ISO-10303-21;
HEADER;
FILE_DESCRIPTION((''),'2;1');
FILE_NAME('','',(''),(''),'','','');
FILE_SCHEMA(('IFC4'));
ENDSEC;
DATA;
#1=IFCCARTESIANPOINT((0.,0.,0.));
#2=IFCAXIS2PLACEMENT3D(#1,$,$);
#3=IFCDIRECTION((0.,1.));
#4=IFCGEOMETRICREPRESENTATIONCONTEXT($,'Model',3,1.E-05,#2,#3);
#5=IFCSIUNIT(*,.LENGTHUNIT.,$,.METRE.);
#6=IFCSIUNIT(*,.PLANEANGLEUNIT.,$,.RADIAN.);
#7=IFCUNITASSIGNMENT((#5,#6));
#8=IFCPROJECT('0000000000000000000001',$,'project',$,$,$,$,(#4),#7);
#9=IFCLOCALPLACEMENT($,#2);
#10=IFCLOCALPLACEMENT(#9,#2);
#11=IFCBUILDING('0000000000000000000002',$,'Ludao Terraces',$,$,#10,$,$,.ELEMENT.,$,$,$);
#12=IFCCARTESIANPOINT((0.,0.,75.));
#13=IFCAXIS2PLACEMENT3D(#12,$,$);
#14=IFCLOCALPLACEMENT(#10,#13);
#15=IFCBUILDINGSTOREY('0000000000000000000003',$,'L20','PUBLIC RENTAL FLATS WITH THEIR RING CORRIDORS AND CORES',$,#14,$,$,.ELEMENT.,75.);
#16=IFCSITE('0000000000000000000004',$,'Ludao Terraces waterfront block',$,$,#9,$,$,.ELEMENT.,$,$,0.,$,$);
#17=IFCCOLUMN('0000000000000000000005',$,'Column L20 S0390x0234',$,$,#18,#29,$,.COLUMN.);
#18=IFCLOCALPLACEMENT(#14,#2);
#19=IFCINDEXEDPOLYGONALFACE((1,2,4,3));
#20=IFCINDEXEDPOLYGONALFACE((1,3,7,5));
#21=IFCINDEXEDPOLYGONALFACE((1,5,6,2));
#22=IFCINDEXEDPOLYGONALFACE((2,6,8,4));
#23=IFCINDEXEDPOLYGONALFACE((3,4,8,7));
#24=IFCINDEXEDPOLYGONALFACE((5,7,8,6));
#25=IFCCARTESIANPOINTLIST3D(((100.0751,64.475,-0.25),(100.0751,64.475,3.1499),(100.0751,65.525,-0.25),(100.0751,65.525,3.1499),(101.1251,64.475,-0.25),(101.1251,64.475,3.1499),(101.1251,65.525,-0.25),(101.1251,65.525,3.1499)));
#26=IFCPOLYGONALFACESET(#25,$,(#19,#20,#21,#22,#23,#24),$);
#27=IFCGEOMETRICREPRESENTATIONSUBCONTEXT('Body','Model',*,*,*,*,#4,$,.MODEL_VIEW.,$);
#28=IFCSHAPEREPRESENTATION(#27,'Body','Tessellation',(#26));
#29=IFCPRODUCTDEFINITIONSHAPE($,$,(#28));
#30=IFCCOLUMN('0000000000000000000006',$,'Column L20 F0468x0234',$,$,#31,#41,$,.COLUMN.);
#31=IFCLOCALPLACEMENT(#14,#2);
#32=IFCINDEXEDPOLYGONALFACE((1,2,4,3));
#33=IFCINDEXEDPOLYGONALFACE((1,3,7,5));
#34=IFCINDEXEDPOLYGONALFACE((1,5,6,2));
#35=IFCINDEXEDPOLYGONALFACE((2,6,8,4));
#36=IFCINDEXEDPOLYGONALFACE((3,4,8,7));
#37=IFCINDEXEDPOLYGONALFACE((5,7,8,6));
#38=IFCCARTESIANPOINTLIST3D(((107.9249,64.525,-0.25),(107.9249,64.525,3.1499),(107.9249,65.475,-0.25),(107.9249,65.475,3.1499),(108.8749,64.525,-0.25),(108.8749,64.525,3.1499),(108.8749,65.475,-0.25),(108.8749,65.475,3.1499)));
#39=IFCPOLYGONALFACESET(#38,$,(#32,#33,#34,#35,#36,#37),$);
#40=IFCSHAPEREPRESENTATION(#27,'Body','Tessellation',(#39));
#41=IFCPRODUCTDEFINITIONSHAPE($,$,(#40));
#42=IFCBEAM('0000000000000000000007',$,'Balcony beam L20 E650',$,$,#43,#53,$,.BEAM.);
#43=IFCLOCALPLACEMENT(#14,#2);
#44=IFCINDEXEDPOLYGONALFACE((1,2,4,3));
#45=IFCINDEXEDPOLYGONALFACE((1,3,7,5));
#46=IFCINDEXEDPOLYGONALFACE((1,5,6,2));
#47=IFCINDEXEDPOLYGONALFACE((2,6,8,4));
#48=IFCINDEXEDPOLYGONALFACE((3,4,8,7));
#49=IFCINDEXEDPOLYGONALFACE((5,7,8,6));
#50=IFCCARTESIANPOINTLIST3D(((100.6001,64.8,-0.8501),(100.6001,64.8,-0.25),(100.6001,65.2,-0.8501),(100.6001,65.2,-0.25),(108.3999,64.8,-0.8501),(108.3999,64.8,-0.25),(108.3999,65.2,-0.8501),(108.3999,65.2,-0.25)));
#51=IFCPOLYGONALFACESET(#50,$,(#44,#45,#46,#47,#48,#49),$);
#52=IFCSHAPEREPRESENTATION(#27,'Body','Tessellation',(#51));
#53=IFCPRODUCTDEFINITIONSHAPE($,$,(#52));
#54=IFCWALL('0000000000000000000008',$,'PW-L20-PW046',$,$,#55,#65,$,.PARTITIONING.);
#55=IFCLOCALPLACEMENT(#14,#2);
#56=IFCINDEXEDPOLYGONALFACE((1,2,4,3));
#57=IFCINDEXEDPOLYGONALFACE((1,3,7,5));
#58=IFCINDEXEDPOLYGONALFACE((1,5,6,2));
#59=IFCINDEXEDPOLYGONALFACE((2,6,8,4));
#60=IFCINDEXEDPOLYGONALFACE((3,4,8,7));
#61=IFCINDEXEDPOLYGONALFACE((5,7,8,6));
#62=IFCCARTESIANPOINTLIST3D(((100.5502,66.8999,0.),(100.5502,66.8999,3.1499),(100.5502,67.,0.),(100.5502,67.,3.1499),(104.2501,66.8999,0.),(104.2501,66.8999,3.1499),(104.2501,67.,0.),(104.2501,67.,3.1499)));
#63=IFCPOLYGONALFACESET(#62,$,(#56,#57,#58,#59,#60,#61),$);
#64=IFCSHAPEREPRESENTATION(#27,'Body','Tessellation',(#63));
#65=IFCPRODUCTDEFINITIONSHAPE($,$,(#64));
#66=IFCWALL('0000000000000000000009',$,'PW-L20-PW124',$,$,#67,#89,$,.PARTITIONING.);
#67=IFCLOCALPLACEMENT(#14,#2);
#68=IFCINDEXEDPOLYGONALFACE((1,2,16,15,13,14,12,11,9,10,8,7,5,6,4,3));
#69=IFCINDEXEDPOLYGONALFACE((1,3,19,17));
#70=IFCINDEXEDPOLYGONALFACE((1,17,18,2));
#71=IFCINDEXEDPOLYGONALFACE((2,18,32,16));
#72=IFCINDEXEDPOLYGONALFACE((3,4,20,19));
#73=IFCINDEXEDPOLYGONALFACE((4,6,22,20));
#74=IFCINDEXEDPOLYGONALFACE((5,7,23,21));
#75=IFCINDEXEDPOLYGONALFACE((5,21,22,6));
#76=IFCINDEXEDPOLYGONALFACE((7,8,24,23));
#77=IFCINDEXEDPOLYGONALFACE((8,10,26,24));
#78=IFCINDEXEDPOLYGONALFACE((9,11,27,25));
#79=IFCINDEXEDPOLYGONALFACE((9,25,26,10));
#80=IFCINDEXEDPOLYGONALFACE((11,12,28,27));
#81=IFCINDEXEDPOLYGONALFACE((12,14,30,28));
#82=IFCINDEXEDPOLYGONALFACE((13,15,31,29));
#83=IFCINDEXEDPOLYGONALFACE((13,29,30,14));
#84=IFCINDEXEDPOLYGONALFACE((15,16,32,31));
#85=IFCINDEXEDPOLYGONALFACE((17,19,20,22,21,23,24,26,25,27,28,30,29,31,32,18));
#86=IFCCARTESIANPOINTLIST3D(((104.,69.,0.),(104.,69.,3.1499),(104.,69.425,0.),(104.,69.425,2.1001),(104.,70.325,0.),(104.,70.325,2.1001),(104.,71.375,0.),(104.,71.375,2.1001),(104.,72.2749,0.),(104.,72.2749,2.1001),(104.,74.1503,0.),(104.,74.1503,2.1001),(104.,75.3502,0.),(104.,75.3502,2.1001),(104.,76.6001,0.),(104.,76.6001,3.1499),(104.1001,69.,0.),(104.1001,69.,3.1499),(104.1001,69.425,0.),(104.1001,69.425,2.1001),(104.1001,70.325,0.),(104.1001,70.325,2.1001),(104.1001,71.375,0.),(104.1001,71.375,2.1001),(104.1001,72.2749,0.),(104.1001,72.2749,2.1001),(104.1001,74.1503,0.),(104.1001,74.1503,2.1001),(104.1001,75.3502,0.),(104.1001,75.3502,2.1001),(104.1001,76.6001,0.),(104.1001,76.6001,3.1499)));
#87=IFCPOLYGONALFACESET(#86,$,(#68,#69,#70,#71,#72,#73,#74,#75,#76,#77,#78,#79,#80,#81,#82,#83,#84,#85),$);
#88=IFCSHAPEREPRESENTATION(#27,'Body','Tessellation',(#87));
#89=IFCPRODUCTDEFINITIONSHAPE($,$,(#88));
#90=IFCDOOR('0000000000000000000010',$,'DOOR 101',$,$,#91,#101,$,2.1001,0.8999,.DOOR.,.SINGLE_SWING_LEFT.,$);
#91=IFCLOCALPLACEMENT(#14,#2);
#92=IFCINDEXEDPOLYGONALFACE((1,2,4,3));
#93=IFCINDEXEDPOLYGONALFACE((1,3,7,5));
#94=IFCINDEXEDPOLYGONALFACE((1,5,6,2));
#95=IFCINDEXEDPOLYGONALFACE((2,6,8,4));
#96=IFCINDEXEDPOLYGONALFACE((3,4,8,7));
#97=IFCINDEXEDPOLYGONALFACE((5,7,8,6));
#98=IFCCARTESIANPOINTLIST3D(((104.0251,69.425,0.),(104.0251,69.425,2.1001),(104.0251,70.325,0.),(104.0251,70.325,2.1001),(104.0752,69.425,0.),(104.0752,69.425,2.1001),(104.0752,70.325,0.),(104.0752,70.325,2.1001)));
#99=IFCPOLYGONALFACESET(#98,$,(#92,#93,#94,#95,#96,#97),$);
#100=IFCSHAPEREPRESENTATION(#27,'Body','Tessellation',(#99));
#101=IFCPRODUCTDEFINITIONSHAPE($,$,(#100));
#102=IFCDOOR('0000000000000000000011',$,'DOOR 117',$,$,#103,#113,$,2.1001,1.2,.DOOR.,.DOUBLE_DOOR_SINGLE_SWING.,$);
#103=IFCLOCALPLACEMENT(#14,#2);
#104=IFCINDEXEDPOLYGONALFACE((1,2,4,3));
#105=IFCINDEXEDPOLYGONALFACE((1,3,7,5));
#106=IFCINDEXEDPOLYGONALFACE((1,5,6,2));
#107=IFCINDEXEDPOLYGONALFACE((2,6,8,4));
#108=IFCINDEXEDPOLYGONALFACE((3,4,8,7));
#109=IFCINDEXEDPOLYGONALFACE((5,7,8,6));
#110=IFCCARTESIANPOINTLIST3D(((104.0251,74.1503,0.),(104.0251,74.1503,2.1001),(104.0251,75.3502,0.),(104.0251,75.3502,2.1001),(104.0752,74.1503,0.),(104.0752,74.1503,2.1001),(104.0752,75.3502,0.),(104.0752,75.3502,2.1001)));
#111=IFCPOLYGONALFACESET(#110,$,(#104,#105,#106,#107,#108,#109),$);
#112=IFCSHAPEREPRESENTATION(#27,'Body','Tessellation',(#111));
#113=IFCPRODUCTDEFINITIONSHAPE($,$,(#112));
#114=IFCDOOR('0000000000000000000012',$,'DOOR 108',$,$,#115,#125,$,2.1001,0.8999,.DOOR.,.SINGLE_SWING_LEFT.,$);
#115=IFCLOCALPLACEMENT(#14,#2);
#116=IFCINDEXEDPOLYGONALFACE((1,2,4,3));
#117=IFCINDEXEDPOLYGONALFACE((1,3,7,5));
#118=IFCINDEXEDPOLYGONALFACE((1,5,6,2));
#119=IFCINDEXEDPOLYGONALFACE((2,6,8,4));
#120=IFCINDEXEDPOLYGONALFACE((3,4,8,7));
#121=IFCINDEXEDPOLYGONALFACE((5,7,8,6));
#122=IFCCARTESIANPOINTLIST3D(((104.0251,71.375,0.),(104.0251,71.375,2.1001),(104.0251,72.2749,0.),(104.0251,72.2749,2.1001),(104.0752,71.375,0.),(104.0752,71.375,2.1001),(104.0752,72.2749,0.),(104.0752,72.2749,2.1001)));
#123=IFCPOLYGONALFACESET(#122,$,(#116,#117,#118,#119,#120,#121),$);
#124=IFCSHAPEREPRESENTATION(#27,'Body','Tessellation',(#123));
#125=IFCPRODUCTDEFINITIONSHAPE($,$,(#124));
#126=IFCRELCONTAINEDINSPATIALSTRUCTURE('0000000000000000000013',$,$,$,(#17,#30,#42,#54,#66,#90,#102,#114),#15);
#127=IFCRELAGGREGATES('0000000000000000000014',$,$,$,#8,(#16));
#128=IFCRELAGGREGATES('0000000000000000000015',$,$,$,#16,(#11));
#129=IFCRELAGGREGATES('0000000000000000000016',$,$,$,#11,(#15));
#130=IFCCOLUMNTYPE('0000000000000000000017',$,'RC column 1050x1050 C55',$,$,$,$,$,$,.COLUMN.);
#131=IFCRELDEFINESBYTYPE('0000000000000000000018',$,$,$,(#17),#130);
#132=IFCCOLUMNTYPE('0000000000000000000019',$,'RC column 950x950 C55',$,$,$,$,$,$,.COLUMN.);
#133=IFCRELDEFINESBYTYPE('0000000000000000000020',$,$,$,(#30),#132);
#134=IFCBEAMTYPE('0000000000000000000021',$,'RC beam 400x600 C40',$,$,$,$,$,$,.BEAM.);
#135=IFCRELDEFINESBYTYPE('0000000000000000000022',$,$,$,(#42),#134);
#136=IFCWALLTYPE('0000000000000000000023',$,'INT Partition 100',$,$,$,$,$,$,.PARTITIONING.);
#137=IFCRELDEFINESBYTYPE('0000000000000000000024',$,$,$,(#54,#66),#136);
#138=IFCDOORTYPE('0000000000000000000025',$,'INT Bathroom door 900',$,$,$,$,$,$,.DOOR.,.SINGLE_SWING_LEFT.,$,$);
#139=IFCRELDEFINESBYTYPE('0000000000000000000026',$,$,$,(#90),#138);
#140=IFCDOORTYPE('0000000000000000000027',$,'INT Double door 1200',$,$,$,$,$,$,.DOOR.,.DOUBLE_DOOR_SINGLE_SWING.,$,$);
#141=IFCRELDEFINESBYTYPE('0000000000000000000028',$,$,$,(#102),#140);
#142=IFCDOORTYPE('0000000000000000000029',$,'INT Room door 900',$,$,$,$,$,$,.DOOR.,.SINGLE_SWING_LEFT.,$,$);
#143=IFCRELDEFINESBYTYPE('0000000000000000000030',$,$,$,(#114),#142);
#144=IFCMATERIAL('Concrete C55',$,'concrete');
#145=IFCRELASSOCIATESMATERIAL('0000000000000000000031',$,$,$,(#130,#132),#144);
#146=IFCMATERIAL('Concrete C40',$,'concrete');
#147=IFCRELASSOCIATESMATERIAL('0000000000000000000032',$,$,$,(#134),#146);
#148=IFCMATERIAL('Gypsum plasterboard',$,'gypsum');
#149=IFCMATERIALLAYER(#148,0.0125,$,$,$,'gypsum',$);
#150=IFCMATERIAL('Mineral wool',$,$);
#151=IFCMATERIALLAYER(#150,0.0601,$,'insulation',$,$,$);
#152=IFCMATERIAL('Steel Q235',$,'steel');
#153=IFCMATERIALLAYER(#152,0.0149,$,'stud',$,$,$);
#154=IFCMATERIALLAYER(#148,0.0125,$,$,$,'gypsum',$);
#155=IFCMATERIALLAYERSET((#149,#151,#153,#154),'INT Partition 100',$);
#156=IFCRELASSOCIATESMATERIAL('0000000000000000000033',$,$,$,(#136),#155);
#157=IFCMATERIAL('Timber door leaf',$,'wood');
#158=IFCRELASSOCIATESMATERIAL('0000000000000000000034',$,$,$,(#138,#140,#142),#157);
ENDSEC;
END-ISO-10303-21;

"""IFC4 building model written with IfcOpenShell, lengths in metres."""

from ifc_helpers import new_model, si_unit, direction, frame, frame_2d, origin, origin_2d, place, context, subcontext, project, spatial, rectangle, extrude, material, layer, layer_set, material_profile, profile_set, type_object, element, fill, save


model = new_model("IFC4")

# Units and contexts
model_context = context("Model", 3, precision=1e-05, world=origin(), true_north=direction((0.0, 1.0)))
body_context = subcontext(model_context, "Body", "Model", "MODEL_VIEW")
ifc_project = project(units=[si_unit("LENGTHUNIT", "METRE"), si_unit("PLANEANGLEUNIT", "RADIAN")], contexts=[model_context])

# Site, building, storey
site_placement = place(None, origin())
site = spatial("IfcSite", under=ifc_project, at=site_placement, Name="Ludao Terraces waterfront block", CompositionType="ELEMENT", RefElevation=0.0)
building_placement = place(site_placement, origin())
building = spatial("IfcBuilding", under=site, at=building_placement, Name="Ludao Terraces", CompositionType="ELEMENT")
storey_placement = place(building_placement, frame((0.0, 0.0, 75.0)))
storey = spatial("IfcBuildingStorey", under=building, at=storey_placement, Name="L20", Description="PUBLIC RENTAL FLATS WITH THEIR RING CORRIDORS AND CORES", CompositionType="ELEMENT", Elevation=75.0)

# Columns
ifc_material_1 = material(Name="Concrete C55", Category="concrete")
ifc_material_profile_1 = material_profile(ifc_material_1, rectangle(XDim=1.05, YDim=1.05, at=origin_2d()), Name="1050 X 1050")
ifc_profile_set_1 = profile_set([ifc_material_profile_1], Name="Concrete C55")
column_type_1 = type_object("IfcColumnType", Name="RC column 1050x1050 C55", PredefinedType="COLUMN", material=ifc_profile_set_1)
column_1_placement = place(storey_placement, frame((100.6001, 65.0, -0.25), z_axis=(0.0, 0.0, 1.0), x_axis=(1.0, 0.0, 0.0)))
element("IfcColumn", 1, at=column_1_placement, inside=storey, type_object=column_type_1, Name="Column L20 S0390x0234", PredefinedType="COLUMN", context=body_context, shape_type="SweptSolid", body=[
    extrude(rectangle(XDim=1.05, YDim=1.05, at=origin_2d()), origin(), (0.0, 0.0, 1.0), 3.3999),
])
ifc_material_profile_2 = material_profile(ifc_material_1, rectangle(XDim=0.95, YDim=0.95, at=origin_2d()), Name="950 X 950")
ifc_profile_set_2 = profile_set([ifc_material_profile_2], Name="Concrete C55")
column_type_2 = type_object("IfcColumnType", Name="RC column 950x950 C55", PredefinedType="COLUMN", material=ifc_profile_set_2)
column_2_placement = place(storey_placement, frame((108.3999, 65.0, -0.25), z_axis=(0.0, 0.0, 1.0), x_axis=(1.0, 0.0, 0.0)))
element("IfcColumn", 2, at=column_2_placement, inside=storey, type_object=column_type_2, Name="Column L20 F0468x0234", PredefinedType="COLUMN", context=body_context, shape_type="SweptSolid", body=[
    extrude(rectangle(XDim=0.95, YDim=0.95, at=origin_2d()), origin(), (0.0, 0.0, 1.0), 3.3999),
])

# Beam
ifc_material_2 = material(Name="Concrete C40", Category="concrete")
ifc_material_profile_3 = material_profile(ifc_material_2, rectangle(XDim=0.3999, YDim=0.6001, at=origin_2d()), Name="400 X 600")
ifc_profile_set_3 = profile_set([ifc_material_profile_3], Name="Concrete C40")
beam_type = type_object("IfcBeamType", Name="RC beam 400x600 C40", PredefinedType="BEAM", material=ifc_profile_set_3)
beam_placement = place(storey_placement, frame((100.6001, 65.0, -0.55), z_axis=(1.0, 0.0, 0.0), x_axis=(0.0, 1.0, 0.0)))
element("IfcBeam", 3, at=beam_placement, inside=storey, type_object=beam_type, Name="Balcony beam L20 E650", PredefinedType="BEAM", context=body_context, shape_type="SweptSolid", body=[
    extrude(rectangle(XDim=0.3999, YDim=0.6001, at=origin_2d()), origin(), (0.0, 0.0, 1.0), 7.7998),
])

# Shared definitions
ifc_material_3 = material(Name="Mineral wool")

# Wall
ifc_material_4 = material(Name="Gypsum plasterboard", Category="gypsum")
ifc_layer_1 = layer(ifc_material_4, 0.0125, Category="gypsum")
ifc_layer_2 = layer(ifc_material_3, 0.0601, Name="insulation")
ifc_material_5 = material(Name="Steel Q235", Category="steel")
ifc_layer_3 = layer(ifc_material_5, 0.0149, Name="stud")
ifc_layer_4 = layer(ifc_material_4, 0.0125, Category="gypsum")
ifc_layer_set_1 = layer_set([ifc_layer_1, ifc_layer_2, ifc_layer_3, ifc_layer_4], Name="INT Partition 100")
wall_type_1 = type_object("IfcWallType", Name="INT Partition 100", PredefinedType="PARTITIONING", material=ifc_layer_set_1)
wall_1_placement = place(storey_placement, frame((100.55, 66.95, 0.0), z_axis=(0.0, 0.0, 1.0), x_axis=(1.0, 0.0, 0.0)))
element("IfcWall", 4, at=wall_1_placement, inside=storey, type_object=wall_type_1, Name="PW-L20-PW046", PredefinedType="PARTITIONING", context=body_context, shape_type="SweptSolid", body=[
    extrude(rectangle(XDim=3.7, YDim=0.1001, at=frame_2d((1.8501, 0.0))), origin(), (0.0, 0.0, 1.0), 3.1499),
])

# Wall, openings, doors
wall_2_placement = place(storey_placement, frame((104.05, 69.0, 0.0), z_axis=(0.0, 0.0, 1.0), x_axis=(0.0, 1.0, 0.0)))
wall_2 = element("IfcWall", 5, at=wall_2_placement, inside=storey, type_object=wall_type_1, Name="PW-L20-PW124", PredefinedType="PARTITIONING", context=body_context, shape_type="SweptSolid", body=[
    extrude(rectangle(XDim=7.6001, YDim=0.1001, at=frame_2d((3.8, 0.0))), origin(), (0.0, 0.0, 1.0), 3.1499),
])
opening_1_placement = place(wall_2_placement, frame((0.425, 0.0, 0.0)))
opening_1 = element("IfcOpeningElement", 6, at=opening_1_placement, cuts=wall_2, PredefinedType="OPENING", context=body_context, shape_type="SweptSolid", body=[
    extrude(rectangle(XDim=0.8999, YDim=2.1001, at=frame_2d((0.45, 1.05))), frame((0.0, 0.0601, 0.0), z_axis=(0.0, -1.0, 0.0), x_axis=(1.0, 0.0, 0.0)), (0.0, 0.0, 1.0), 0.1201),
])
opening_2_placement = place(wall_2_placement, frame((2.375, 0.0, 0.0)))
opening_2 = element("IfcOpeningElement", 7, at=opening_2_placement, cuts=wall_2, PredefinedType="OPENING", context=body_context, shape_type="SweptSolid", body=[
    extrude(rectangle(XDim=0.8999, YDim=2.1001, at=frame_2d((0.45, 1.05))), frame((0.0, 0.0601, 0.0), z_axis=(0.0, -1.0, 0.0), x_axis=(1.0, 0.0, 0.0)), (0.0, 0.0, 1.0), 0.1201),
])
opening_3_placement = place(wall_2_placement, frame((5.1501, 0.0, 0.0)))
opening_3 = element("IfcOpeningElement", 8, at=opening_3_placement, cuts=wall_2, PredefinedType="OPENING", context=body_context, shape_type="SweptSolid", body=[
    extrude(rectangle(XDim=1.2, YDim=2.1001, at=frame_2d((0.6001, 1.05))), frame((0.0, 0.0601, 0.0), z_axis=(0.0, -1.0, 0.0), x_axis=(1.0, 0.0, 0.0)), (0.0, 0.0, 1.0), 0.1201),
])
ifc_material_6 = material(Name="Timber door leaf", Category="wood")
door_type_1 = type_object("IfcDoorType", Name="INT Bathroom door 900", OperationType="SINGLE_SWING_LEFT", PredefinedType="DOOR", material=ifc_material_6)
door_1_placement = place(opening_1_placement, origin())
door_1 = element("IfcDoor", 9, at=door_1_placement, inside=storey, type_object=door_type_1, Name="DOOR 101", OperationType="SINGLE_SWING_LEFT", OverallHeight=2.1001, OverallWidth=0.8999, PredefinedType="DOOR", context=body_context, shape_type="SweptSolid", body=[
    extrude(rectangle(XDim=0.8999, YDim=2.1001, at=frame_2d((0.45, 1.05))), frame((0.0, 0.0249, 0.0), z_axis=(0.0, -1.0, 0.0), x_axis=(1.0, 0.0, 0.0)), (0.0, 0.0, 1.0), 0.05),
])
fill(opening_1, door_1)
door_type_2 = type_object("IfcDoorType", Name="INT Double door 1200", OperationType="DOUBLE_DOOR_SINGLE_SWING", PredefinedType="DOOR", material=ifc_material_6)
door_2_placement = place(opening_3_placement, origin())
door_2 = element("IfcDoor", 10, at=door_2_placement, inside=storey, type_object=door_type_2, Name="DOOR 117", OperationType="DOUBLE_DOOR_SINGLE_SWING", OverallHeight=2.1001, OverallWidth=1.2, PredefinedType="DOOR", context=body_context, shape_type="SweptSolid", body=[
    extrude(rectangle(XDim=1.2, YDim=2.1001, at=frame_2d((0.6001, 1.05))), frame((0.0, 0.0249, 0.0), z_axis=(0.0, -1.0, 0.0), x_axis=(1.0, 0.0, 0.0)), (0.0, 0.0, 1.0), 0.05),
])
fill(opening_3, door_2)
door_type_3 = type_object("IfcDoorType", Name="INT Room door 900", OperationType="SINGLE_SWING_LEFT", PredefinedType="DOOR", material=ifc_material_6)
door_3_placement = place(opening_2_placement, origin())
door_3 = element("IfcDoor", 11, at=door_3_placement, inside=storey, type_object=door_type_3, Name="DOOR 108", OperationType="SINGLE_SWING_LEFT", OverallHeight=2.1001, OverallWidth=0.8999, PredefinedType="DOOR", context=body_context, shape_type="SweptSolid", body=[
    extrude(rectangle(XDim=0.8999, YDim=2.1001, at=frame_2d((0.45, 1.05))), frame((0.0, 0.0249, 0.0), z_axis=(0.0, -1.0, 0.0), x_axis=(1.0, 0.0, 0.0)), (0.0, 0.0, 1.0), 0.05),
])
fill(opening_2, door_3)

save(model, "model.ifc")
